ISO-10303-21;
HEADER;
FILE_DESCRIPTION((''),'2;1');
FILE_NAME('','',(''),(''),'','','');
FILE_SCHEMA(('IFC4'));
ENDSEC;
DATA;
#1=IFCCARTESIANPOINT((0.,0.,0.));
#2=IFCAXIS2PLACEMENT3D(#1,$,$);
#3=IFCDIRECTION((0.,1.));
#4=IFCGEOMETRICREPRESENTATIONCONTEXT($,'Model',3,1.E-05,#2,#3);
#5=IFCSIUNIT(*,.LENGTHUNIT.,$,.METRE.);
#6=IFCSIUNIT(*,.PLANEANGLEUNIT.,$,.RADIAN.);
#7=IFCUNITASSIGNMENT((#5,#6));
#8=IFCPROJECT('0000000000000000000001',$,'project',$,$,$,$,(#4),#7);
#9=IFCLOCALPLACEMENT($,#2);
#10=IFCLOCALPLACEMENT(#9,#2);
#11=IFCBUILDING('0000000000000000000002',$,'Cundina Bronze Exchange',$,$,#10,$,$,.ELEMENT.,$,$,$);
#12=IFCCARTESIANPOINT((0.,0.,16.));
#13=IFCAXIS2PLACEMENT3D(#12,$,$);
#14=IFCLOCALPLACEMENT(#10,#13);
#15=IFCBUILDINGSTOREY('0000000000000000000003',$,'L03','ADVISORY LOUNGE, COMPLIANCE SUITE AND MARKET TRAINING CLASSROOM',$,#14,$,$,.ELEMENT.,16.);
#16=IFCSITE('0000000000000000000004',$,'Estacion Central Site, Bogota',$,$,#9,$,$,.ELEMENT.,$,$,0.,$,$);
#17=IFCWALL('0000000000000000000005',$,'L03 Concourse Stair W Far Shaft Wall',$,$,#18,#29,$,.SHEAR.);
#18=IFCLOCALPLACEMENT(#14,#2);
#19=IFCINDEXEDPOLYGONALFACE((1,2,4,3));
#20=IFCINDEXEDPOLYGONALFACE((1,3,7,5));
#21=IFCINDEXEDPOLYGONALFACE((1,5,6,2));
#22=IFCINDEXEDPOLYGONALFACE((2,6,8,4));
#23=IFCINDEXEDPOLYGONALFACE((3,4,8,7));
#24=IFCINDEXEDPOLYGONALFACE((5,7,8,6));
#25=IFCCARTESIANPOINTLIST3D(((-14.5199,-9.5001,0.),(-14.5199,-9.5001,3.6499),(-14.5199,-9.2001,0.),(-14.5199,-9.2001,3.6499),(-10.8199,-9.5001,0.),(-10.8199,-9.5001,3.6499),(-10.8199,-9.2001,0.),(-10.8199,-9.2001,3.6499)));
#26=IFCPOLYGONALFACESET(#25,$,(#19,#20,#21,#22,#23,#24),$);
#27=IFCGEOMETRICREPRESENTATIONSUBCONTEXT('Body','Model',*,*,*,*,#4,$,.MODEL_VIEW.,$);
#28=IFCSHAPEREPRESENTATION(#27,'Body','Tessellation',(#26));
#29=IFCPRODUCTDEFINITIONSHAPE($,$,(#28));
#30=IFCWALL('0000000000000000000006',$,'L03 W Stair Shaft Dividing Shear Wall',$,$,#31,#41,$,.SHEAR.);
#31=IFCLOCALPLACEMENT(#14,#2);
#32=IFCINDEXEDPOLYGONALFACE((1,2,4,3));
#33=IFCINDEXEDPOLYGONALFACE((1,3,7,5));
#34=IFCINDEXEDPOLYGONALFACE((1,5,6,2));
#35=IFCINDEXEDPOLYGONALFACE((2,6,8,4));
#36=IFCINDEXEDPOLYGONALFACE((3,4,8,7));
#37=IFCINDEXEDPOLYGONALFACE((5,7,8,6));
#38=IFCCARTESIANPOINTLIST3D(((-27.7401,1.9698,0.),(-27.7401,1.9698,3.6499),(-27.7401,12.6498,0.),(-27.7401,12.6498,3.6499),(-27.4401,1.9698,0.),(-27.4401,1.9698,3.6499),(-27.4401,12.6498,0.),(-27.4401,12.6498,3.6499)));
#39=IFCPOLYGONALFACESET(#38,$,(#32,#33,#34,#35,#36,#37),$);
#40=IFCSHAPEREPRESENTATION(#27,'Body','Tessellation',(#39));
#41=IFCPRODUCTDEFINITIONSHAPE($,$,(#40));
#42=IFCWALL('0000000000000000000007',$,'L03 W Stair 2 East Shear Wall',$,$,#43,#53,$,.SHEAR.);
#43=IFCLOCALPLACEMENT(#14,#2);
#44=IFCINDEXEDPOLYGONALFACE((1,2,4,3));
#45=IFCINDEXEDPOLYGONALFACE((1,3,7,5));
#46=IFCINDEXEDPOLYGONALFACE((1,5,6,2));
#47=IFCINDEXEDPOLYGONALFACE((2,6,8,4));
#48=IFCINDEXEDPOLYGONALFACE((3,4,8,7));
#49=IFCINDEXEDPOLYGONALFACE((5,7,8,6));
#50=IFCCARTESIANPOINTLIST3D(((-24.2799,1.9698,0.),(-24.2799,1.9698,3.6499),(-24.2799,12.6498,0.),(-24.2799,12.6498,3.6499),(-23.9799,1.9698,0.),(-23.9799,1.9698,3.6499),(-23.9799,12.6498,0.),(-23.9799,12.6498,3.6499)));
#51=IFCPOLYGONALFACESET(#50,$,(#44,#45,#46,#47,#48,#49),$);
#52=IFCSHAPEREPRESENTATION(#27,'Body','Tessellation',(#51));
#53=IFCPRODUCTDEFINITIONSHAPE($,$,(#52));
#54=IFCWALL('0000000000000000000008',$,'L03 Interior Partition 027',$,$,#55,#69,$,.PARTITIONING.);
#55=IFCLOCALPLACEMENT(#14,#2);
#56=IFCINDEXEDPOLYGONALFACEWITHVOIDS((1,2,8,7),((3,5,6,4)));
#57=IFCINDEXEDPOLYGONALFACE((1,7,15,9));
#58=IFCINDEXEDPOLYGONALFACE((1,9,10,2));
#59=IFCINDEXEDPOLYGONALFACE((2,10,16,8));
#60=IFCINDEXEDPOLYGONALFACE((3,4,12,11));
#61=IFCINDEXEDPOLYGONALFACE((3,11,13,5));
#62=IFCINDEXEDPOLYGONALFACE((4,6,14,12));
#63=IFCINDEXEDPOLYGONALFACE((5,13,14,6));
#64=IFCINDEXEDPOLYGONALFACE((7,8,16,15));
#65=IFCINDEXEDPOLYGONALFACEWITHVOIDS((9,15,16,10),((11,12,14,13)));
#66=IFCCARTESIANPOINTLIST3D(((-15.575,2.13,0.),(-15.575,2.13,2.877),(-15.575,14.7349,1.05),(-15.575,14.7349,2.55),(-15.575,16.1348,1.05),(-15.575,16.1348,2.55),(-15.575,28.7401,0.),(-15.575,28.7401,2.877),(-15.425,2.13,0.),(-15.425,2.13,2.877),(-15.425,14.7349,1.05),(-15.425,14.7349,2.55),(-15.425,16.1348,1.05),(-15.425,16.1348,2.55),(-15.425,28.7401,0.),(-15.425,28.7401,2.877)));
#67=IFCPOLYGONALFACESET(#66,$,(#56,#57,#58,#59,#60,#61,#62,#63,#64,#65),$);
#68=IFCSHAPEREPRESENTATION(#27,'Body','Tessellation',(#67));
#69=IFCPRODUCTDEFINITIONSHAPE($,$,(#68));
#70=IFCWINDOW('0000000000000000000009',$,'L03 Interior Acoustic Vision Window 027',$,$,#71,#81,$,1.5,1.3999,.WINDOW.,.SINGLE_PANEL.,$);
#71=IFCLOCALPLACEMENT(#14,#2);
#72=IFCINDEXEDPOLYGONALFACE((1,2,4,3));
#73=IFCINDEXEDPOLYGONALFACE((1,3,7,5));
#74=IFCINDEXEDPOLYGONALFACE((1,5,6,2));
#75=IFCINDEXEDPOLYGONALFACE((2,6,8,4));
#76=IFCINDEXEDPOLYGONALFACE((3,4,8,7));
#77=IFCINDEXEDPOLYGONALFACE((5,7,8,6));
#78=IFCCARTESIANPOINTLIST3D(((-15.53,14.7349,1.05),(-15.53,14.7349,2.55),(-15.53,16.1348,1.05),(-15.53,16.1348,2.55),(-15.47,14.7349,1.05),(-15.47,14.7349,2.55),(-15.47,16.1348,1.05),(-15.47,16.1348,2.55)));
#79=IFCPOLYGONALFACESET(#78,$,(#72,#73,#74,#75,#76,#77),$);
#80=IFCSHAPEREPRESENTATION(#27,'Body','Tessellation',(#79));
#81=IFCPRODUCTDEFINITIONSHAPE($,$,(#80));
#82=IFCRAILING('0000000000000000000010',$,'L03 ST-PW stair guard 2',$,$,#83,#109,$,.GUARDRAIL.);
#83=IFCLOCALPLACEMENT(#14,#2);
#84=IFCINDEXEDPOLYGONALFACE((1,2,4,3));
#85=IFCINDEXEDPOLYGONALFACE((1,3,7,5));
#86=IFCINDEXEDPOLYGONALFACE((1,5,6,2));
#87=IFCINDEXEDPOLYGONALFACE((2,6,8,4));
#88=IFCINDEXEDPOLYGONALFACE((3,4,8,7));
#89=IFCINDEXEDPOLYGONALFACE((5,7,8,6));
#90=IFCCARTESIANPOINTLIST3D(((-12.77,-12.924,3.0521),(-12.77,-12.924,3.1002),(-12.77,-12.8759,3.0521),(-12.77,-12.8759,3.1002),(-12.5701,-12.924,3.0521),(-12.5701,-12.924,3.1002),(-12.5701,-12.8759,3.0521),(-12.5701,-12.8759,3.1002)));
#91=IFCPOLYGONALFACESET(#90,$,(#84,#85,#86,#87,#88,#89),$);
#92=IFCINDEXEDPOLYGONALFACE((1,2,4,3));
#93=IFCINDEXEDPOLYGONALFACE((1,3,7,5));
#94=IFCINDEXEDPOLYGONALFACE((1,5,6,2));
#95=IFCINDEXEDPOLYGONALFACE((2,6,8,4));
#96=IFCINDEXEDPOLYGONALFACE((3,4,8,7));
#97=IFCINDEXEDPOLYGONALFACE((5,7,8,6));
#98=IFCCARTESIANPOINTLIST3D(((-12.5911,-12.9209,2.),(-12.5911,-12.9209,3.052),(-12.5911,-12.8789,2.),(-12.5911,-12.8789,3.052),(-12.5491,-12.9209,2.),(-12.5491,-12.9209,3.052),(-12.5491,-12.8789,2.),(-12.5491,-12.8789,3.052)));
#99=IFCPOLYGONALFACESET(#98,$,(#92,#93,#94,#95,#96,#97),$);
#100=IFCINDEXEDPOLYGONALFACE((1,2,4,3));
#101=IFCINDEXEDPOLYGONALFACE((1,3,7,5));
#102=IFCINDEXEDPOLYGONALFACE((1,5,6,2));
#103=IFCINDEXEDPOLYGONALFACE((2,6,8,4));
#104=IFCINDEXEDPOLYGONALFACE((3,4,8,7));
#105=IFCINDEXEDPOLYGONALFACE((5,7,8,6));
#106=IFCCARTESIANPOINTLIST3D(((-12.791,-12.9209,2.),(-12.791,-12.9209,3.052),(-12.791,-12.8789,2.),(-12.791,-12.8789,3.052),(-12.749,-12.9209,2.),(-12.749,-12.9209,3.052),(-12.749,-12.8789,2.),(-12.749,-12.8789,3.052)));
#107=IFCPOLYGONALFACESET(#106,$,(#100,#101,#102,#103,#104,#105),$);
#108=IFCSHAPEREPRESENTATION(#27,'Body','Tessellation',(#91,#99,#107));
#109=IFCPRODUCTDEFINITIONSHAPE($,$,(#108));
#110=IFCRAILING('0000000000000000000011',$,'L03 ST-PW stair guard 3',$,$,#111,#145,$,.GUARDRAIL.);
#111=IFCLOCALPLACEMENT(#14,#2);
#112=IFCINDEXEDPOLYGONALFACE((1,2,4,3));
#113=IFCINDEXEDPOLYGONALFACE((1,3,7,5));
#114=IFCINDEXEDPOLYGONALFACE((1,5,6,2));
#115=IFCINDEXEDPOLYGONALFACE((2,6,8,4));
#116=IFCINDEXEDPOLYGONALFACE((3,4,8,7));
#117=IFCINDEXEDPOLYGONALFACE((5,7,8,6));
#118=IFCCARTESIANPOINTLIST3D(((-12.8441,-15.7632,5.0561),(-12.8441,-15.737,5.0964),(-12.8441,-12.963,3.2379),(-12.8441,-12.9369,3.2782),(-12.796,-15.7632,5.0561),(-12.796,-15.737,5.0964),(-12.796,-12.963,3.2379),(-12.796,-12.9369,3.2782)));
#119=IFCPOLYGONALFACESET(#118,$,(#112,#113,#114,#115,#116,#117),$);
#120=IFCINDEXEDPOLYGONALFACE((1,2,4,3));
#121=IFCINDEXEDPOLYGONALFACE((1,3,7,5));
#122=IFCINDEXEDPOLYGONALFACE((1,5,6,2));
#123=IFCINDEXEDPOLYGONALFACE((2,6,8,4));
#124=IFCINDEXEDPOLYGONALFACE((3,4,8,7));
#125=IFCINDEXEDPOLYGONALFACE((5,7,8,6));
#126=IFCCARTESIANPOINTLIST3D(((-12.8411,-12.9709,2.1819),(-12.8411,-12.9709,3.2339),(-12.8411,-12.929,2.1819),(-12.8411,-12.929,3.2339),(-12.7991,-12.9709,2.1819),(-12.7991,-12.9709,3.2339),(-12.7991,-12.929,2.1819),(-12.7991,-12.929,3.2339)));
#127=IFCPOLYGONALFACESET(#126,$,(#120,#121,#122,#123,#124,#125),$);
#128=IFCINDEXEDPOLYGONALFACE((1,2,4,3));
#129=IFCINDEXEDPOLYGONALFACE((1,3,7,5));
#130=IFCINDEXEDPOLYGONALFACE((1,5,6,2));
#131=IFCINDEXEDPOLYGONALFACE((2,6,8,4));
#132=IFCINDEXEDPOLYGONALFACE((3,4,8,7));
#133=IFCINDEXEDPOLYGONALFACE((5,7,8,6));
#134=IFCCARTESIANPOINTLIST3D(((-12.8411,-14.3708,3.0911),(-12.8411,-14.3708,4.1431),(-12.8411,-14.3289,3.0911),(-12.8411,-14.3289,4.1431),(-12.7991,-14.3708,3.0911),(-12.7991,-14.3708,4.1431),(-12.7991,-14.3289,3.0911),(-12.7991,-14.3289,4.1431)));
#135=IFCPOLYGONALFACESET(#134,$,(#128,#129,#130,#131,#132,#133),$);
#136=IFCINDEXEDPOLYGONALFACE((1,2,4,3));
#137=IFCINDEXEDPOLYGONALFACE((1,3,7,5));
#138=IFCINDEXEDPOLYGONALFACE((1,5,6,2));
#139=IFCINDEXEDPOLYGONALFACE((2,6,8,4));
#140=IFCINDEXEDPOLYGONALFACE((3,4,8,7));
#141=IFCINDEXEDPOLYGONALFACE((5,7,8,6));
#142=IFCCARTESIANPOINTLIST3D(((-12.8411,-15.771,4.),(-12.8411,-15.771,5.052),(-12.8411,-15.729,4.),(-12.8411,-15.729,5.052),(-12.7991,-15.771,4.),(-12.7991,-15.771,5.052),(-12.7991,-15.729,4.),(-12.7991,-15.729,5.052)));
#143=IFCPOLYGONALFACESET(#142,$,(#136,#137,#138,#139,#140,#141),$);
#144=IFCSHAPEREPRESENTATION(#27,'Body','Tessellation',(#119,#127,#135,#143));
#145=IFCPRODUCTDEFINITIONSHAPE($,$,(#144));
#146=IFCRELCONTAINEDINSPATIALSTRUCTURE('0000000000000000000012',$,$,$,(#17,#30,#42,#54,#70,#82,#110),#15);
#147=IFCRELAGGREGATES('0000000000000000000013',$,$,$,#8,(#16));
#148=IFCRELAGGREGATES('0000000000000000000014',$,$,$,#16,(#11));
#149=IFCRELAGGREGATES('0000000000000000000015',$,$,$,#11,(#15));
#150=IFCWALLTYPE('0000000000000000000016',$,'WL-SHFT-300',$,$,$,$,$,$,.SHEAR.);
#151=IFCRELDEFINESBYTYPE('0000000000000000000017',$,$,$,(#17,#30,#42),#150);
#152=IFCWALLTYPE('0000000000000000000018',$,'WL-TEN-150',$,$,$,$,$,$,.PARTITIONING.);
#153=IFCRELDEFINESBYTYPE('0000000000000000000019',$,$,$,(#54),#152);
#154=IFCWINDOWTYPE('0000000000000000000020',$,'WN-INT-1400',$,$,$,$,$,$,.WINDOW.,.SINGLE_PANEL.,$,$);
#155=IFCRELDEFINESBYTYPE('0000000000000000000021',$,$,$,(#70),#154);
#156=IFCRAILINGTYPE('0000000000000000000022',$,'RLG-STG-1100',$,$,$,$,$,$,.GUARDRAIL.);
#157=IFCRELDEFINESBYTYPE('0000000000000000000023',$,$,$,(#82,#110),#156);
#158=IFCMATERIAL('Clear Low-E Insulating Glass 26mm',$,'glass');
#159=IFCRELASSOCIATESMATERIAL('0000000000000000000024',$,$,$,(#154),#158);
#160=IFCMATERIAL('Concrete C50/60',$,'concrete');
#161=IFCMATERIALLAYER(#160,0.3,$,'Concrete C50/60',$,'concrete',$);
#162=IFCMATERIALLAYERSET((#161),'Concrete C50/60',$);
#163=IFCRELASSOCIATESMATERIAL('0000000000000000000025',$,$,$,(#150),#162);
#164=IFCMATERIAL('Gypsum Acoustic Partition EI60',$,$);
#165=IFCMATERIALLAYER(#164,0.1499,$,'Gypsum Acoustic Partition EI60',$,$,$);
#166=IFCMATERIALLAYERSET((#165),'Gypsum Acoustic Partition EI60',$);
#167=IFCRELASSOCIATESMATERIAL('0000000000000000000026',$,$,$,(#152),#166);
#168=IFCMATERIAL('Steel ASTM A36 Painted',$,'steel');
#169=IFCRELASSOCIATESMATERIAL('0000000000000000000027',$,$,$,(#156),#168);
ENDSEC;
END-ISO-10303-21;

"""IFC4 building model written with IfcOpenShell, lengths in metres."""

from ifc_helpers import new_model, si_unit, direction, frame, frame_2d, origin, origin_2d, place, context, subcontext, project, spatial, rectangle, extrude, material, layer, layer_set, type_object, element, fill, save


model = new_model("IFC4")

# Units and contexts
model_context = context("Model", 3, precision=1e-05, world=origin(), true_north=direction((0.0, 1.0)))
body_context = subcontext(model_context, "Body", "Model", "MODEL_VIEW")
ifc_project = project(units=[si_unit("LENGTHUNIT", "METRE"), si_unit("PLANEANGLEUNIT", "RADIAN")], contexts=[model_context])

# Site, building, storey
site_placement = place(None, origin())
site = spatial("IfcSite", under=ifc_project, at=site_placement, Name="Estacion Central Site, Bogota", CompositionType="ELEMENT", RefElevation=0.0)
building_placement = place(site_placement, origin())
building = spatial("IfcBuilding", under=site, at=building_placement, Name="Cundina Bronze Exchange", CompositionType="ELEMENT")
storey_placement = place(building_placement, frame((0.0, 0.0, 16.0)))
storey = spatial("IfcBuildingStorey", under=building, at=storey_placement, Name="L03", Description="ADVISORY LOUNGE, COMPLIANCE SUITE AND MARKET TRAINING CLASSROOM", CompositionType="ELEMENT", Elevation=16.0)

# Shared definitions
ifc_material_1 = material(Name="Concrete C50/60", Category="concrete")

# Shared definitions
ifc_material_2 = material(Name="Steel ASTM A36 Painted", Category="steel")

# Shared definitions
ifc_material_3 = material(Name="Clear Low-E Insulating Glass 26mm", Category="glass")
window_type = type_object("IfcWindowType", Name="WN-INT-1400", PartitioningType="SINGLE_PANEL", PredefinedType="WINDOW", material=ifc_material_3)

# Walls
ifc_layer_1 = layer(ifc_material_1, 0.3, Name="Concrete C50/60", Category="concrete")
ifc_layer_set_1 = layer_set([ifc_layer_1], Name="Concrete C50/60")
wall_type_1 = type_object("IfcWallType", Name="WL-SHFT-300", PredefinedType="SHEAR", material=ifc_layer_set_1)
wall_1_placement = place(storey_placement, frame((-14.52, -9.3501, 0.0), z_axis=(0.0, 0.0, 1.0), x_axis=(1.0, 0.0, 0.0)))
element("IfcWall", 1, at=wall_1_placement, inside=storey, type_object=wall_type_1, Name="L03 Concourse Stair W Far Shaft Wall", PredefinedType="SHEAR", context=body_context, shape_type="SweptSolid", body=[
    extrude(rectangle(XDim=3.7, YDim=0.3, at=frame_2d((1.8501, 0.0))), origin(), (0.0, 0.0, 1.0), 3.6499),
])
for number, where, z_axis, x_axis, name in (
    (2, (-27.5901, 1.97, 0.0), (0.0, 0.0, 1.0), (0.0, 1.0, 0.0), "L03 W Stair Shaft Dividing Shear Wall"),
    (3, (-24.1299, 1.97, 0.0), (0.0, 0.0, 1.0), (0.0, 1.0, 0.0), "L03 W Stair 2 East Shear Wall"),
):
    element("IfcWall", number, at=place(storey_placement, frame(where, z_axis=z_axis, x_axis=x_axis)), inside=storey, type_object=wall_type_1, Name=name, PredefinedType="SHEAR", context=body_context, shape_type="SweptSolid", body=[
        extrude(rectangle(XDim=10.6799, YDim=0.3, at=frame_2d((5.3398, 0.0))), origin(), (0.0, 0.0, 1.0), 3.6499),
    ])

# Wall, opening, window
ifc_material_4 = material(Name="Gypsum Acoustic Partition EI60")
ifc_layer_2 = layer(ifc_material_4, 0.1499, Name="Gypsum Acoustic Partition EI60")
ifc_layer_set_2 = layer_set([ifc_layer_2], Name="Gypsum Acoustic Partition EI60")
wall_type_2 = type_object("IfcWallType", Name="WL-TEN-150", PredefinedType="PARTITIONING", material=ifc_layer_set_2)
wall_2_placement = place(storey_placement, frame((-15.5, 2.1299, 0.0), z_axis=(0.0, 0.0, 1.0), x_axis=(0.0, 1.0, 0.0)))
wall_2 = element("IfcWall", 4, at=wall_2_placement, inside=storey, type_object=wall_type_2, Name="L03 Interior Partition 027", PredefinedType="PARTITIONING", context=body_context, shape_type="SweptSolid", body=[
    extrude(rectangle(XDim=26.6101, YDim=0.1499, at=frame_2d((13.3052, 0.0))), origin(), (0.0, 0.0, 1.0), 2.877),
])
opening_1_placement = place(wall_2_placement, frame((12.605, 0.0, 1.05)))
opening_1 = element("IfcOpeningElement", 5, at=opening_1_placement, cuts=wall_2, PredefinedType="OPENING", context=body_context, shape_type="SweptSolid", body=[
    extrude(rectangle(XDim=1.3999, YDim=1.5, at=frame_2d((0.7, 0.75))), frame((0.0, 0.085, 0.0), z_axis=(0.0, -1.0, 0.0), x_axis=(1.0, 0.0, 0.0)), (0.0, 0.0, 1.0), 0.1699),
])
window_1_placement = place(opening_1_placement, origin())
window_1 = element("IfcWindow", 6, at=window_1_placement, inside=storey, type_object=window_type, Name="L03 Interior Acoustic Vision Window 027", OverallHeight=1.5, OverallWidth=1.3999, PartitioningType="SINGLE_PANEL", PredefinedType="WINDOW", context=body_context, shape_type="SweptSolid", body=[
    extrude(rectangle(XDim=1.3999, YDim=1.5, at=frame_2d((0.7, 0.75))), frame((0.0, 0.03, 0.0), z_axis=(0.0, -1.0, 0.0), x_axis=(1.0, 0.0, 0.0)), (0.0, 0.0, 1.0), 0.0601),
])
fill(opening_1, window_1)

# Railings
railing_type = type_object("IfcRailingType", Name="RLG-STG-1100", PredefinedType="GUARDRAIL", material=ifc_material_2)
railing_1_placement = place(storey_placement, frame((-12.5701, -12.8999, 2.0)))
element("IfcRailing", 7, at=railing_1_placement, inside=storey, type_object=railing_type, Name="L03 ST-PW stair guard 2", PredefinedType="GUARDRAIL", context=body_context, shape_type="SweptSolid", body=[
    extrude(rectangle(XDim=0.0481, YDim=0.0481, at=origin_2d()), frame((0.0, 0.0, 1.0762), z_axis=(-1.0, 0.0, 0.0), x_axis=(0.0, -1.0, 0.0)), (0.0, 0.0, 1.0), 0.2),
    extrude(rectangle(XDim=0.042, YDim=0.042, at=origin_2d()), origin(), (0.0, 0.0, 1.0), 1.052),
    extrude(rectangle(XDim=0.042, YDim=0.042, at=origin_2d()), frame((-0.2, 0.0, 0.0)), (0.0, 0.0, 1.0), 1.052),
])
railing_2_placement = place(storey_placement, frame((-12.8201, -12.95, 2.1819)))
element("IfcRailing", 8, at=railing_2_placement, inside=storey, type_object=railing_type, Name="L03 ST-PW stair guard 3", PredefinedType="GUARDRAIL", context=body_context, shape_type="SweptSolid", body=[
    extrude(rectangle(XDim=0.0481, YDim=0.0481, at=origin_2d()), frame((0.0, 0.0, 1.0762), z_axis=(0.0, -0.838706, 0.544585), x_axis=(1.0, 0.0, 0.0)), (0.0, 0.0, 1.0), 3.3386),
    extrude(rectangle(XDim=0.042, YDim=0.042, at=origin_2d()), origin(), (0.0, 0.0, 1.0), 1.052),
    extrude(rectangle(XDim=0.042, YDim=0.042, at=origin_2d()), frame((0.0, -1.3999, 0.9092)), (0.0, 0.0, 1.0), 1.052),
    extrude(rectangle(XDim=0.042, YDim=0.042, at=origin_2d()), frame((0.0, -2.8, 1.8181)), (0.0, 0.0, 1.0), 1.052),
])

save(model, "model.ifc")
